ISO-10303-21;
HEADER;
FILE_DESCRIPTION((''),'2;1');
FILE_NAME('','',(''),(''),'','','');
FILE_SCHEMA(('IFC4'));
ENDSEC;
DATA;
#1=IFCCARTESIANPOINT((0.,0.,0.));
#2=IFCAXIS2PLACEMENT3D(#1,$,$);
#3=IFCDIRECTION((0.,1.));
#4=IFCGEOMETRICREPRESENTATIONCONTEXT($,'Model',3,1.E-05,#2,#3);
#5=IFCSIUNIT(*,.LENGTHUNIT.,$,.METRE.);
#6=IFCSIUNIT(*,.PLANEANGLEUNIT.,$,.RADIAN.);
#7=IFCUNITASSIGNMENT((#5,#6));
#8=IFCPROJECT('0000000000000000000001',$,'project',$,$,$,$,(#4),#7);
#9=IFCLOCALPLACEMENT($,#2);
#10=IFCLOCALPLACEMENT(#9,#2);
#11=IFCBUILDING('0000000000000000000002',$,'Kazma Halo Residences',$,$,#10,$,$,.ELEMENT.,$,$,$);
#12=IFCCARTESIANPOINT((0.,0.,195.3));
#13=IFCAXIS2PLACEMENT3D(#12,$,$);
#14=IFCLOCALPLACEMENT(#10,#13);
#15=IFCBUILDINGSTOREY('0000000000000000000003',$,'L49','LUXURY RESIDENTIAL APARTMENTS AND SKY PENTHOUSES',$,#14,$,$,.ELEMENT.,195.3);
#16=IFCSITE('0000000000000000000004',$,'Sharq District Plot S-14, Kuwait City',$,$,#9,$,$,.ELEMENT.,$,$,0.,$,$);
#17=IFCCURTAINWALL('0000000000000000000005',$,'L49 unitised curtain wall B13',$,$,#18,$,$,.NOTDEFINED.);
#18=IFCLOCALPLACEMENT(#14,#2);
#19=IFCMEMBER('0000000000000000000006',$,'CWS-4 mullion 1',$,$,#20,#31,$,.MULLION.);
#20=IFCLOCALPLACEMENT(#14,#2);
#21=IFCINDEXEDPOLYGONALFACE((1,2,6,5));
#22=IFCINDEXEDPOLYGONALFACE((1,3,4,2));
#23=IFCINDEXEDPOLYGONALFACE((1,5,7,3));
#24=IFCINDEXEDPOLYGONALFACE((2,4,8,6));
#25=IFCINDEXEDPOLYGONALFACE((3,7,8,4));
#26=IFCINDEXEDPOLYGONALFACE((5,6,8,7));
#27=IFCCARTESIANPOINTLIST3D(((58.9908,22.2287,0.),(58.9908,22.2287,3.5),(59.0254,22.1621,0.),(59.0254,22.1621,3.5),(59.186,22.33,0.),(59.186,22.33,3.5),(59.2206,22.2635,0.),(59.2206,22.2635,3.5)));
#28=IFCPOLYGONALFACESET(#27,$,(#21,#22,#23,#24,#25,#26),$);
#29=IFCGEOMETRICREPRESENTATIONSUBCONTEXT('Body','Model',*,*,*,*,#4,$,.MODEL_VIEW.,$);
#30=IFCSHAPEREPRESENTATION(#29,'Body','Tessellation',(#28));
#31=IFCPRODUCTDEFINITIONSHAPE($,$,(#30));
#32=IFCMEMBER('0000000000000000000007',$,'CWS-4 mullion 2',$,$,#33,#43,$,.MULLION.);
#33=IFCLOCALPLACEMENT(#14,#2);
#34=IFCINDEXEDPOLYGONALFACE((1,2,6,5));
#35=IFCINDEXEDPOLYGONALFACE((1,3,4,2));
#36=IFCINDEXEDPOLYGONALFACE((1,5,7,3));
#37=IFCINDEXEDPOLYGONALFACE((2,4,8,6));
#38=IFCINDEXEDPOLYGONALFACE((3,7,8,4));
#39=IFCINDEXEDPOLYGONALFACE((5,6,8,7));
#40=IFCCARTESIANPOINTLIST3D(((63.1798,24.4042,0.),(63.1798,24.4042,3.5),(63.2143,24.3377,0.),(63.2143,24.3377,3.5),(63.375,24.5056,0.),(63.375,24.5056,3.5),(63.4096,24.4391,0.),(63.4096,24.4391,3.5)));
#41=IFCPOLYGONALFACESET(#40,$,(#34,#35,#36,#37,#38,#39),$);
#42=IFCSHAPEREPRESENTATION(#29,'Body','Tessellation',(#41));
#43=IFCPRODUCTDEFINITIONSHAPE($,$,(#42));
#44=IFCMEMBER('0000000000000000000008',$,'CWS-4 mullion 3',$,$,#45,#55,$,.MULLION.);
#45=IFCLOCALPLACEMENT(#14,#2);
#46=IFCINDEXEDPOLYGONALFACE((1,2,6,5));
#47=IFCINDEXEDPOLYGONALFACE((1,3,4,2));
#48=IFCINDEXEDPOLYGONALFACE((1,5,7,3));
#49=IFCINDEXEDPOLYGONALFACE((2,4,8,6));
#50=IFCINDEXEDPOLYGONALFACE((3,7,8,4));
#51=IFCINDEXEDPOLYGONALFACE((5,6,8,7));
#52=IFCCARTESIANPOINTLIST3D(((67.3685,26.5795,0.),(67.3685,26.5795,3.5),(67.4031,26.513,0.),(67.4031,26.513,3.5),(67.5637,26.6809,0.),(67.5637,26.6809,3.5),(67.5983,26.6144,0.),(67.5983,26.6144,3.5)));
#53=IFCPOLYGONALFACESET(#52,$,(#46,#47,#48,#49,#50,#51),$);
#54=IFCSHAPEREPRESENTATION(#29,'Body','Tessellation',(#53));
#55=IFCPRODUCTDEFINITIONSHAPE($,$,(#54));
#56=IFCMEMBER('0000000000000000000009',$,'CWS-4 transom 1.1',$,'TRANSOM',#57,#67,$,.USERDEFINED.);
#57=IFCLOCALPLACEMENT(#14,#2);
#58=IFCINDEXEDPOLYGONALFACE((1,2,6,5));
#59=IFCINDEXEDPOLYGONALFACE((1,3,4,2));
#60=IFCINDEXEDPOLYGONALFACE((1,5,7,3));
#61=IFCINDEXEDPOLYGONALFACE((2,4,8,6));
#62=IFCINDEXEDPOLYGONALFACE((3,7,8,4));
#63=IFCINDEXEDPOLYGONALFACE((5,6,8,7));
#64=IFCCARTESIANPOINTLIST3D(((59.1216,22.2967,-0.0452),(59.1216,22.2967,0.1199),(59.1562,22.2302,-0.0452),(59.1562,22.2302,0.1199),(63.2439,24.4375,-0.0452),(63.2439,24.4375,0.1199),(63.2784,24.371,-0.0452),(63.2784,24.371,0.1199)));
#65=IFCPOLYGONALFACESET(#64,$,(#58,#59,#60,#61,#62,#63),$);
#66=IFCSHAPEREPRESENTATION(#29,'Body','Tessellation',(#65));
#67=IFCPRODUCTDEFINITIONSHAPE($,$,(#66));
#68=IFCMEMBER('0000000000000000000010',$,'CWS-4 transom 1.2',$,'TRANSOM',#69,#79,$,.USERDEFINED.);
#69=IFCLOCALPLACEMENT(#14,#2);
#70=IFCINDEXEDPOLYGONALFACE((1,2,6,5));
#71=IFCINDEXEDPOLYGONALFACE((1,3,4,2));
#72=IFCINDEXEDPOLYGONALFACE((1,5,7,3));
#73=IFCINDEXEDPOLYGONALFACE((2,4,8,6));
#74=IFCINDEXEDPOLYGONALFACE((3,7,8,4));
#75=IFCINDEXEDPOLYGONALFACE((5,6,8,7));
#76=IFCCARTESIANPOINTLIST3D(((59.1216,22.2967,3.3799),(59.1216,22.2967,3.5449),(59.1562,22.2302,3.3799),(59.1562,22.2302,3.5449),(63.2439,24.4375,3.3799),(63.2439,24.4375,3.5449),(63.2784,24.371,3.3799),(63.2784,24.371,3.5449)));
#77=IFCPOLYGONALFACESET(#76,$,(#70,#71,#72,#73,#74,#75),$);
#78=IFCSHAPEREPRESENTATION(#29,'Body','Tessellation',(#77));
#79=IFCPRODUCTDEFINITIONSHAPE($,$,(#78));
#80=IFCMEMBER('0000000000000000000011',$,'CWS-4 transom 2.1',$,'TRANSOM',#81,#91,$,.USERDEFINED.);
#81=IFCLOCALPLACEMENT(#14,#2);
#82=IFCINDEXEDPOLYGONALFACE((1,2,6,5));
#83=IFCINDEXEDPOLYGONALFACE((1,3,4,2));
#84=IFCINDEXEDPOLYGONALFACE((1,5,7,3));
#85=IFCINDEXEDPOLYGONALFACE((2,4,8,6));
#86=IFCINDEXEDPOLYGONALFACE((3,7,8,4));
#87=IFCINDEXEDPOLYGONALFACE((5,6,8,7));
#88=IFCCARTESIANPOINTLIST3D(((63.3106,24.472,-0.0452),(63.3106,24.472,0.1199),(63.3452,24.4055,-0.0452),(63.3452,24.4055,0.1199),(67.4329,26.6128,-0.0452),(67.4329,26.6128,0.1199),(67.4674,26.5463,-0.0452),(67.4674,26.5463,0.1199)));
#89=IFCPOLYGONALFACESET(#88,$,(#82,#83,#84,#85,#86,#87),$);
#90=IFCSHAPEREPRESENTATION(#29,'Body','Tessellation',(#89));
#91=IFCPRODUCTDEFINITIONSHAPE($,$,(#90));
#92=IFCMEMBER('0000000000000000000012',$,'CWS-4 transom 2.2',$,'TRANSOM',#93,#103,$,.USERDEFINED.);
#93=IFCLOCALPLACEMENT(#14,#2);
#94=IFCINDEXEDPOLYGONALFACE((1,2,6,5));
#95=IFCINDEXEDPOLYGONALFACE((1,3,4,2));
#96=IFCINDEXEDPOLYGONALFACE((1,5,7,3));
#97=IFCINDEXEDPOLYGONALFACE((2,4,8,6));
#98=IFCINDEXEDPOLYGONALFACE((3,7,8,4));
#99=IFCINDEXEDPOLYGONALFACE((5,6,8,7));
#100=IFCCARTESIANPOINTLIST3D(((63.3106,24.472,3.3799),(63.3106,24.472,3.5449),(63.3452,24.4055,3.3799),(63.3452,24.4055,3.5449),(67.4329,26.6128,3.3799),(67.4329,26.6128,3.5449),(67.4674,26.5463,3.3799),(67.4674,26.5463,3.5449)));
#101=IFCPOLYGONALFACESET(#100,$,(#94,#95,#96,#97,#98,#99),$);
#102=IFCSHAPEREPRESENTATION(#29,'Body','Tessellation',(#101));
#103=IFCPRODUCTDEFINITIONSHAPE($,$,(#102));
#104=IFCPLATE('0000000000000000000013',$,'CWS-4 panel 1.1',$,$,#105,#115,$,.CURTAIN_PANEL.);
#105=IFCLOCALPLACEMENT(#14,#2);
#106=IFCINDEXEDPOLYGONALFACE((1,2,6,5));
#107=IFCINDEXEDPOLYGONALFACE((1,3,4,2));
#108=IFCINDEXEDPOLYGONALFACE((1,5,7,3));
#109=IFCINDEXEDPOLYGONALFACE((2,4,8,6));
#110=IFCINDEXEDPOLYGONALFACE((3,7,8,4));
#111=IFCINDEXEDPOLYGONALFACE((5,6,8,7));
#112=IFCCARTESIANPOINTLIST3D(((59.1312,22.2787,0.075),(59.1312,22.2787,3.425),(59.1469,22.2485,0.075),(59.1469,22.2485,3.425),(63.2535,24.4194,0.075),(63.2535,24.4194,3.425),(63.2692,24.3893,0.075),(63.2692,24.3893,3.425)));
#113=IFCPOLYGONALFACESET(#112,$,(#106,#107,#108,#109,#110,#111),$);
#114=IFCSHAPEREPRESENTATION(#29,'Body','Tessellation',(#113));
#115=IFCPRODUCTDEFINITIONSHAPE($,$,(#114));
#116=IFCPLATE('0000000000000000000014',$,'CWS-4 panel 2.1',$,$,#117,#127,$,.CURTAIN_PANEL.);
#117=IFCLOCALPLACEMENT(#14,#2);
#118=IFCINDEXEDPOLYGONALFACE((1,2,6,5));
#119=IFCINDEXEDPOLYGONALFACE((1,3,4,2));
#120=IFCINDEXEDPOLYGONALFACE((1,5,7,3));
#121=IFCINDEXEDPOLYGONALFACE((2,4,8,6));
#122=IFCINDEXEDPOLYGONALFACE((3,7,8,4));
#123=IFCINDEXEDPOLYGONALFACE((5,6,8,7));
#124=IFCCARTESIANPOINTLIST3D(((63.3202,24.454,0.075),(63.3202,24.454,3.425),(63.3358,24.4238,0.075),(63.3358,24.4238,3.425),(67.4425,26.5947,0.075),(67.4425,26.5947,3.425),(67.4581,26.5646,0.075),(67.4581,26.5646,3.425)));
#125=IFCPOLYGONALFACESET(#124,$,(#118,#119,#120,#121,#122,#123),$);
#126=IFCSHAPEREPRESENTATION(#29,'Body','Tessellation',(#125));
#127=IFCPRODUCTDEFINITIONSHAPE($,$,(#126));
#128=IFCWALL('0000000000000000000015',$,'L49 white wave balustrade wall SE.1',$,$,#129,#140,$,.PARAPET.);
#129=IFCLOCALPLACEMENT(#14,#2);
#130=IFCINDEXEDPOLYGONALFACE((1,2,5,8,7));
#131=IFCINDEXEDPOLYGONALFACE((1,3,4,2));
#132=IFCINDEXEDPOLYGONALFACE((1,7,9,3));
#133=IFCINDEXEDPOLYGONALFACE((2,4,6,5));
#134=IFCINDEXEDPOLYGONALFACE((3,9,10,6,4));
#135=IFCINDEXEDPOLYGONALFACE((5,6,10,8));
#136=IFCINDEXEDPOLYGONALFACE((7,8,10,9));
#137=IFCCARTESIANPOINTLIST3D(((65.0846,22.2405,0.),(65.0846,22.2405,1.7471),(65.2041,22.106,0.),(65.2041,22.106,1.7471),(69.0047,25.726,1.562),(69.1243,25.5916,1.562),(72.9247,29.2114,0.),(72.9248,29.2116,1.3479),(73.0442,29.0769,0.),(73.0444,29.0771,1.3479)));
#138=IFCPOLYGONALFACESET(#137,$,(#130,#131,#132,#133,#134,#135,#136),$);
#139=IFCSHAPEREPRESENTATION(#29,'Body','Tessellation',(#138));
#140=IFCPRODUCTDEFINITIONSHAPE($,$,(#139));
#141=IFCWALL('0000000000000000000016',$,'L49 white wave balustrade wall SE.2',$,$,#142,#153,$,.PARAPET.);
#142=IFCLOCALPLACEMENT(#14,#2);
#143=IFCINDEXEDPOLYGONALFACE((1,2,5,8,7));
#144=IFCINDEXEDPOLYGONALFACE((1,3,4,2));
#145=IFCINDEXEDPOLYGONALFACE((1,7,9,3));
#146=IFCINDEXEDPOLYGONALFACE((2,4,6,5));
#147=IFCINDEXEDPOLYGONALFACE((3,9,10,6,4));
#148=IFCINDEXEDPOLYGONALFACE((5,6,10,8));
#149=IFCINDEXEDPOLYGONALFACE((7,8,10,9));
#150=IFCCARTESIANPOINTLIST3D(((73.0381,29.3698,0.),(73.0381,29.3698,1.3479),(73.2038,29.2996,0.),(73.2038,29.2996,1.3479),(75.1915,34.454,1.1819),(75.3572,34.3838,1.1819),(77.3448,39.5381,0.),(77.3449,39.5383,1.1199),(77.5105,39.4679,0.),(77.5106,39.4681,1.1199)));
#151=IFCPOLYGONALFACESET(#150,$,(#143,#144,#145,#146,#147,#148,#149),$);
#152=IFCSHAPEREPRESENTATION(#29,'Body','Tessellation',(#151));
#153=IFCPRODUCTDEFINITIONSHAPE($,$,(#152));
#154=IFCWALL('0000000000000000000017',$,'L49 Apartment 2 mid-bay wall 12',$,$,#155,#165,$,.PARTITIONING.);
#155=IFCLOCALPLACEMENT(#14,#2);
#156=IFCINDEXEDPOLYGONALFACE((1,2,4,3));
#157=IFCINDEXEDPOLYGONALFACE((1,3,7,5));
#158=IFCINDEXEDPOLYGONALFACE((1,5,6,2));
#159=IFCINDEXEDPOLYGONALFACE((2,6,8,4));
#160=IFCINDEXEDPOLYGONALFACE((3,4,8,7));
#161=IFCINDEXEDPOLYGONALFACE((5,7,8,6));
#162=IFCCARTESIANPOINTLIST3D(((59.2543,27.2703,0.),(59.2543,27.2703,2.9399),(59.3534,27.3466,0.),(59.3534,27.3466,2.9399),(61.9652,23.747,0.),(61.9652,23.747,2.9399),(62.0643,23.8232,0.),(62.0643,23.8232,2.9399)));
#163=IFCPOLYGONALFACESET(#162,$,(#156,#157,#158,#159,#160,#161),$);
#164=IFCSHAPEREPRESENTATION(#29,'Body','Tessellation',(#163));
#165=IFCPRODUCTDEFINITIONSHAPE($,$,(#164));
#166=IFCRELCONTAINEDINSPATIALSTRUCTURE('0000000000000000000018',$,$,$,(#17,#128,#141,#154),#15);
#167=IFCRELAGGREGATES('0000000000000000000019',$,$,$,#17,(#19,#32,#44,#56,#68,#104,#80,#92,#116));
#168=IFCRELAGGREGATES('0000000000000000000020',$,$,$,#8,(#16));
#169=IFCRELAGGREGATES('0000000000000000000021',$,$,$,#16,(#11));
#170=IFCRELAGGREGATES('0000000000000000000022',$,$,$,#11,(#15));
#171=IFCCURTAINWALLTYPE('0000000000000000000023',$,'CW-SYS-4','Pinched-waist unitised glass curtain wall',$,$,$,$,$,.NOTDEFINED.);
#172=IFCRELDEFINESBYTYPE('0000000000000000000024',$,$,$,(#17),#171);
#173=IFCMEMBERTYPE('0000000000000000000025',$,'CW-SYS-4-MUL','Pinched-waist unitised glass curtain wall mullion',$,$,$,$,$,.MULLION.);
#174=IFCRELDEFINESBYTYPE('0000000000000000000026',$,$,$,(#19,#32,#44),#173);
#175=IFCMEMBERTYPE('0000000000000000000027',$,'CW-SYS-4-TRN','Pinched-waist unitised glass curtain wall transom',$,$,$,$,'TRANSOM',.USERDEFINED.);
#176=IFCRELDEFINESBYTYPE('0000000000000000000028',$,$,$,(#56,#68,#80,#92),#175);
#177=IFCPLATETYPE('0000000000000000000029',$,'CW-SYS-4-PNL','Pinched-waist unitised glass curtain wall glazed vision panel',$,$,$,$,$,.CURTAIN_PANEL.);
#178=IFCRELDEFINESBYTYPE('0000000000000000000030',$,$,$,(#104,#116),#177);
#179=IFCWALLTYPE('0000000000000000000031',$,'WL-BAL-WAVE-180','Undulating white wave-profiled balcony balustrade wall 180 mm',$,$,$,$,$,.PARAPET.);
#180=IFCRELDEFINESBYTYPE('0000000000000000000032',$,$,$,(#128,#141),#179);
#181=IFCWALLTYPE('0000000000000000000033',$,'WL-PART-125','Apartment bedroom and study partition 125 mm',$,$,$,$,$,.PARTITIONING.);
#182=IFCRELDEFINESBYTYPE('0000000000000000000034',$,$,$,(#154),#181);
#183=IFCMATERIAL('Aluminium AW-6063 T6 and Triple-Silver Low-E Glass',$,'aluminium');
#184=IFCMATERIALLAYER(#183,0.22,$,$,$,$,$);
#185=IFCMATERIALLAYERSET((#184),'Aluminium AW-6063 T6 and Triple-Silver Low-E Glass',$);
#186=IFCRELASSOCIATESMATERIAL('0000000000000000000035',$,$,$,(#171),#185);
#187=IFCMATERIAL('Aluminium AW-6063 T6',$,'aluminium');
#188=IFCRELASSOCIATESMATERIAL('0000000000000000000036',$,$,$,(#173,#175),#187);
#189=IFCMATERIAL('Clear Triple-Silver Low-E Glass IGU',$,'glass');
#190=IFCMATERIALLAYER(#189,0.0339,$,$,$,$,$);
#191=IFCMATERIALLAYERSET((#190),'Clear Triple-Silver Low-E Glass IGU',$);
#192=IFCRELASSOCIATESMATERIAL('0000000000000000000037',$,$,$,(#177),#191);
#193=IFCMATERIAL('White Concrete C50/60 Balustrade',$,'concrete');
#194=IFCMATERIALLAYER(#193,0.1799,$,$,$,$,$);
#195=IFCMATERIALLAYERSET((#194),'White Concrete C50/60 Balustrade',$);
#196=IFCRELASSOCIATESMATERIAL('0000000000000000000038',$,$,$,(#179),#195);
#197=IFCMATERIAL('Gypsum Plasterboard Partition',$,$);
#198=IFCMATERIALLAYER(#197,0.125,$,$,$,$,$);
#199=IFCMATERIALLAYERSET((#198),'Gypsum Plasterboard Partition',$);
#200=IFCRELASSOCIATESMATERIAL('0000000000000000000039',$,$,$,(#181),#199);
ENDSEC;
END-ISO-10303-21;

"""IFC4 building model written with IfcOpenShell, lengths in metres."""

from ifc_helpers import new_model, si_unit, direction, frame, frame_2d, origin, origin_2d, place, context, subcontext, project, spatial, polyline, rectangle, outline, extrude, material, layer, layer_set, material_profile, profile_set, type_object, element, aggregate, save


model = new_model("IFC4")

# Units and contexts
model_context = context("Model", 3, precision=1e-05, world=origin(), true_north=direction((0.0, 1.0)))
body_context = subcontext(model_context, "Body", "Model", "MODEL_VIEW")
ifc_project = project(units=[si_unit("LENGTHUNIT", "METRE"), si_unit("PLANEANGLEUNIT", "RADIAN")], contexts=[model_context])

# Site, building, storey
site_placement = place(None, origin())
site = spatial("IfcSite", under=ifc_project, at=site_placement, Name="Sharq District Plot S-14, Kuwait City", CompositionType="ELEMENT", RefElevation=0.0)
building_placement = place(site_placement, origin())
building = spatial("IfcBuilding", under=site, at=building_placement, Name="Kazma Halo Residences", CompositionType="ELEMENT")
storey_placement = place(building_placement, frame((0.0, 0.0, 195.3)))
storey = spatial("IfcBuildingStorey", under=building, at=storey_placement, Name="L49", Description="LUXURY RESIDENTIAL APARTMENTS AND SKY PENTHOUSES", CompositionType="ELEMENT", Elevation=195.3)

# Curtain wall, members, plates
ifc_material_1 = material(Name="Aluminium AW-6063 T6 and Triple-Silver Low-E Glass", Category="aluminium")
ifc_layer_1 = layer(ifc_material_1, 0.22)
ifc_layer_set_1 = layer_set([ifc_layer_1], Name="Aluminium AW-6063 T6 and Triple-Silver Low-E Glass")
curtain_wall_type = type_object("IfcCurtainWallType", Name="CW-SYS-4", Description="Pinched-waist unitised glass curtain wall", PredefinedType="NOTDEFINED", material=ifc_layer_set_1)
curtain_wall_placement = place(storey_placement, origin())
curtain_wall = element("IfcCurtainWall", 1, at=curtain_wall_placement, inside=storey, type_object=curtain_wall_type, Name="L49 unitised curtain wall B13", PredefinedType="NOTDEFINED")
ifc_material_2 = material(Name="Aluminium AW-6063 T6", Category="aluminium")
ifc_material_profile_1 = material_profile(ifc_material_2, rectangle(XDim=0.075, YDim=0.22, at=origin_2d()), Name="CWM-75x220")
ifc_profile_set_1 = profile_set([ifc_material_profile_1], Name="Aluminium AW-6063 T6")
member_type_1 = type_object("IfcMemberType", Name="CW-SYS-4-MUL", Description="Pinched-waist unitised glass curtain wall mullion", PredefinedType="MULLION", material=ifc_profile_set_1)
member_1_placement = place(storey_placement, frame((59.1057, 22.2461, 0.0), z_axis=(0.0, 0.0, 1.0), x_axis=(-0.460874, 0.887466, 0.0)))
member_1 = element("IfcMember", 2, at=member_1_placement, type_object=member_type_1, Name="CWS-4 mullion 1", PredefinedType="MULLION", context=body_context, shape_type="SweptSolid", body=[
    extrude(rectangle(XDim=0.075, YDim=0.22, at=origin_2d()), origin(), (0.0, 0.0, 1.0), 3.5),
])
member_2_placement = place(storey_placement, frame((63.2947, 24.4216, 0.0), z_axis=(0.0, 0.0, 1.0), x_axis=(-0.460874, 0.887466, 0.0)))
member_2 = element("IfcMember", 3, at=member_2_placement, type_object=member_type_1, Name="CWS-4 mullion 2", PredefinedType="MULLION", context=body_context, shape_type="SweptSolid", body=[
    extrude(rectangle(XDim=0.075, YDim=0.22, at=origin_2d()), origin(), (0.0, 0.0, 1.0), 3.5),
])
member_3_placement = place(storey_placement, frame((67.4834, 26.5969, 0.0), z_axis=(0.0, 0.0, 1.0), x_axis=(-0.460874, 0.887466, 0.0)))
member_3 = element("IfcMember", 4, at=member_3_placement, type_object=member_type_1, Name="CWS-4 mullion 3", PredefinedType="MULLION", context=body_context, shape_type="SweptSolid", body=[
    extrude(rectangle(XDim=0.075, YDim=0.22, at=origin_2d()), origin(), (0.0, 0.0, 1.0), 3.5),
])
ifc_material_profile_2 = material_profile(ifc_material_2, rectangle(XDim=0.075, YDim=0.165, at=origin_2d()), Name="CWT-75x165")
ifc_profile_set_2 = profile_set([ifc_material_profile_2], Name="Aluminium AW-6063 T6")
member_type_2 = type_object("IfcMemberType", Name="CW-SYS-4-TRN", Description="Pinched-waist unitised glass curtain wall transom", ElementType="TRANSOM", PredefinedType="USERDEFINED", material=ifc_profile_set_2)
member_4_placement = place(storey_placement, frame((59.1389, 22.2634, 0.0374), z_axis=(0.887458, 0.460889, 0.0), x_axis=(-0.460889, 0.887458, 0.0)))
member_4 = element("IfcMember", 5, at=member_4_placement, type_object=member_type_2, Name="CWS-4 transom 1.1", ObjectType="TRANSOM", PredefinedType="USERDEFINED", context=body_context, shape_type="SweptSolid", body=[
    extrude(rectangle(XDim=0.075, YDim=0.165, at=origin_2d()), origin(), (0.0, 0.0, 1.0), 4.645),
])
member_5_placement = place(storey_placement, frame((59.1389, 22.2634, 3.4624), z_axis=(0.887458, 0.460889, 0.0), x_axis=(-0.460889, 0.887458, 0.0)))
member_5 = element("IfcMember", 6, at=member_5_placement, type_object=member_type_2, Name="CWS-4 transom 1.2", ObjectType="TRANSOM", PredefinedType="USERDEFINED", context=body_context, shape_type="SweptSolid", body=[
    extrude(rectangle(XDim=0.075, YDim=0.165, at=origin_2d()), origin(), (0.0, 0.0, 1.0), 4.645),
])
member_6_placement = place(storey_placement, frame((63.3279, 24.4387, 0.0374), z_axis=(0.887458, 0.460889, 0.0), x_axis=(-0.460889, 0.887458, 0.0)))
member_6 = element("IfcMember", 7, at=member_6_placement, type_object=member_type_2, Name="CWS-4 transom 2.1", ObjectType="TRANSOM", PredefinedType="USERDEFINED", context=body_context, shape_type="SweptSolid", body=[
    extrude(rectangle(XDim=0.075, YDim=0.165, at=origin_2d()), origin(), (0.0, 0.0, 1.0), 4.645),
])
member_7_placement = place(storey_placement, frame((63.3279, 24.4387, 3.4624), z_axis=(0.887458, 0.460889, 0.0), x_axis=(-0.460889, 0.887458, 0.0)))
member_7 = element("IfcMember", 8, at=member_7_placement, type_object=member_type_2, Name="CWS-4 transom 2.2", ObjectType="TRANSOM", PredefinedType="USERDEFINED", context=body_context, shape_type="SweptSolid", body=[
    extrude(rectangle(XDim=0.075, YDim=0.165, at=origin_2d()), origin(), (0.0, 0.0, 1.0), 4.645),
])
ifc_material_3 = material(Name="Clear Triple-Silver Low-E Glass IGU", Category="glass")
ifc_layer_2 = layer(ifc_material_3, 0.0339)
ifc_layer_set_2 = layer_set([ifc_layer_2], Name="Clear Triple-Silver Low-E Glass IGU")
plate_type = type_object("IfcPlateType", Name="CW-SYS-4-PNL", Description="Pinched-waist unitised glass curtain wall glazed vision panel", PredefinedType="CURTAIN_PANEL", material=ifc_layer_set_2)
plate_1_placement = place(storey_placement, frame((61.2002, 23.334, 0.075), z_axis=(0.0, 0.0, 1.0), x_axis=(0.887466, 0.460874, 0.0)))
plate_1 = element("IfcPlate", 9, at=plate_1_placement, type_object=plate_type, Name="CWS-4 panel 1.1", PredefinedType="CURTAIN_PANEL", context=body_context, shape_type="SweptSolid", body=[
    extrude(rectangle(XDim=4.645, YDim=0.0339, at=origin_2d()), origin(), (0.0, 0.0, 1.0), 3.3501),
])
plate_2_placement = place(storey_placement, frame((65.3892, 25.5093, 0.075), z_axis=(0.0, 0.0, 1.0), x_axis=(0.887466, 0.460874, 0.0)))
plate_2 = element("IfcPlate", 10, at=plate_2_placement, type_object=plate_type, Name="CWS-4 panel 2.1", PredefinedType="CURTAIN_PANEL", context=body_context, shape_type="SweptSolid", body=[
    extrude(rectangle(XDim=4.645, YDim=0.0339, at=origin_2d()), origin(), (0.0, 0.0, 1.0), 3.3501),
])
aggregate(curtain_wall, [member_1, member_2, member_3, member_4, member_5, plate_1, member_6, member_7, plate_2])

# Walls
ifc_material_4 = material(Name="White Concrete C50/60 Balustrade", Category="concrete")
ifc_layer_3 = layer(ifc_material_4, 0.1799)
ifc_layer_set_3 = layer_set([ifc_layer_3], Name="White Concrete C50/60 Balustrade")
wall_type_1 = type_object("IfcWallType", Name="WL-BAL-WAVE-180", Description="Undulating white wave-profiled balcony balustrade wall 180 mm", PredefinedType="PARAPET", material=ifc_layer_set_3)
wall_1_placement = place(storey_placement, frame((65.1443, 22.1733, 0.0), z_axis=(0.0, 0.0, 1.0), x_axis=(0.747316, 0.664469, 0.0)))
element("IfcWall", 11, at=wall_1_placement, inside=storey, type_object=wall_type_1, Name="L49 white wave balustrade wall SE.1", PredefinedType="PARAPET", context=body_context, shape_type="SweptSolid", body=[
    extrude(outline(polyline([(0.0, 0.0), (10.491, 0.0), (10.4912, 1.3479), (5.2456, 1.562), (0.0, 1.7471), (0.0, 0.0)])), frame((0.0, 0.0898, 0.0), z_axis=(0.0, -1.0, 0.0), x_axis=(1.0, 0.0, 0.0)), (0.0, 0.0, 1.0), 0.1799),
])
wall_2_placement = place(storey_placement, frame((73.1208, 29.3347, 0.0), z_axis=(0.0, 0.0, 1.0), x_axis=(0.390001, 0.920814, 0.0)))
element("IfcWall", 12, at=wall_2_placement, inside=storey, type_object=wall_type_1, Name="L49 white wave balustrade wall SE.2", PredefinedType="PARAPET", context=body_context, shape_type="SweptSolid", body=[
    extrude(outline(polyline([(0.0, 0.0), (11.0427, 0.0), (11.043, 1.1199), (5.5215, 1.1819), (0.0, 1.3479), (0.0, 0.0)])), frame((0.0, 0.0898, 0.0), z_axis=(0.0, -1.0, 0.0), x_axis=(1.0, 0.0, 0.0)), (0.0, 0.0, 1.0), 0.1799),
])

# Wall
ifc_material_5 = material(Name="Gypsum Plasterboard Partition")
ifc_layer_4 = layer(ifc_material_5, 0.125)
ifc_layer_set_4 = layer_set([ifc_layer_4], Name="Gypsum Plasterboard Partition")
wall_type_2 = type_object("IfcWallType", Name="WL-PART-125", Description="Apartment bedroom and study partition 125 mm", PredefinedType="PARTITIONING", material=ifc_layer_set_4)
wall_3_placement = place(storey_placement, frame((59.304, 27.3083, 0.0), z_axis=(0.0, 0.0, 1.0), x_axis=(0.609796, -0.792559, 0.0)))
element("IfcWall", 13, at=wall_3_placement, inside=storey, type_object=wall_type_2, Name="L49 Apartment 2 mid-bay wall 12", PredefinedType="PARTITIONING", context=body_context, shape_type="SweptSolid", body=[
    extrude(rectangle(XDim=4.4456, YDim=0.125, at=frame_2d((2.2227, 0.0))), origin(), (0.0, 0.0, 1.0), 2.9399),
])

save(model, "model.ifc")
